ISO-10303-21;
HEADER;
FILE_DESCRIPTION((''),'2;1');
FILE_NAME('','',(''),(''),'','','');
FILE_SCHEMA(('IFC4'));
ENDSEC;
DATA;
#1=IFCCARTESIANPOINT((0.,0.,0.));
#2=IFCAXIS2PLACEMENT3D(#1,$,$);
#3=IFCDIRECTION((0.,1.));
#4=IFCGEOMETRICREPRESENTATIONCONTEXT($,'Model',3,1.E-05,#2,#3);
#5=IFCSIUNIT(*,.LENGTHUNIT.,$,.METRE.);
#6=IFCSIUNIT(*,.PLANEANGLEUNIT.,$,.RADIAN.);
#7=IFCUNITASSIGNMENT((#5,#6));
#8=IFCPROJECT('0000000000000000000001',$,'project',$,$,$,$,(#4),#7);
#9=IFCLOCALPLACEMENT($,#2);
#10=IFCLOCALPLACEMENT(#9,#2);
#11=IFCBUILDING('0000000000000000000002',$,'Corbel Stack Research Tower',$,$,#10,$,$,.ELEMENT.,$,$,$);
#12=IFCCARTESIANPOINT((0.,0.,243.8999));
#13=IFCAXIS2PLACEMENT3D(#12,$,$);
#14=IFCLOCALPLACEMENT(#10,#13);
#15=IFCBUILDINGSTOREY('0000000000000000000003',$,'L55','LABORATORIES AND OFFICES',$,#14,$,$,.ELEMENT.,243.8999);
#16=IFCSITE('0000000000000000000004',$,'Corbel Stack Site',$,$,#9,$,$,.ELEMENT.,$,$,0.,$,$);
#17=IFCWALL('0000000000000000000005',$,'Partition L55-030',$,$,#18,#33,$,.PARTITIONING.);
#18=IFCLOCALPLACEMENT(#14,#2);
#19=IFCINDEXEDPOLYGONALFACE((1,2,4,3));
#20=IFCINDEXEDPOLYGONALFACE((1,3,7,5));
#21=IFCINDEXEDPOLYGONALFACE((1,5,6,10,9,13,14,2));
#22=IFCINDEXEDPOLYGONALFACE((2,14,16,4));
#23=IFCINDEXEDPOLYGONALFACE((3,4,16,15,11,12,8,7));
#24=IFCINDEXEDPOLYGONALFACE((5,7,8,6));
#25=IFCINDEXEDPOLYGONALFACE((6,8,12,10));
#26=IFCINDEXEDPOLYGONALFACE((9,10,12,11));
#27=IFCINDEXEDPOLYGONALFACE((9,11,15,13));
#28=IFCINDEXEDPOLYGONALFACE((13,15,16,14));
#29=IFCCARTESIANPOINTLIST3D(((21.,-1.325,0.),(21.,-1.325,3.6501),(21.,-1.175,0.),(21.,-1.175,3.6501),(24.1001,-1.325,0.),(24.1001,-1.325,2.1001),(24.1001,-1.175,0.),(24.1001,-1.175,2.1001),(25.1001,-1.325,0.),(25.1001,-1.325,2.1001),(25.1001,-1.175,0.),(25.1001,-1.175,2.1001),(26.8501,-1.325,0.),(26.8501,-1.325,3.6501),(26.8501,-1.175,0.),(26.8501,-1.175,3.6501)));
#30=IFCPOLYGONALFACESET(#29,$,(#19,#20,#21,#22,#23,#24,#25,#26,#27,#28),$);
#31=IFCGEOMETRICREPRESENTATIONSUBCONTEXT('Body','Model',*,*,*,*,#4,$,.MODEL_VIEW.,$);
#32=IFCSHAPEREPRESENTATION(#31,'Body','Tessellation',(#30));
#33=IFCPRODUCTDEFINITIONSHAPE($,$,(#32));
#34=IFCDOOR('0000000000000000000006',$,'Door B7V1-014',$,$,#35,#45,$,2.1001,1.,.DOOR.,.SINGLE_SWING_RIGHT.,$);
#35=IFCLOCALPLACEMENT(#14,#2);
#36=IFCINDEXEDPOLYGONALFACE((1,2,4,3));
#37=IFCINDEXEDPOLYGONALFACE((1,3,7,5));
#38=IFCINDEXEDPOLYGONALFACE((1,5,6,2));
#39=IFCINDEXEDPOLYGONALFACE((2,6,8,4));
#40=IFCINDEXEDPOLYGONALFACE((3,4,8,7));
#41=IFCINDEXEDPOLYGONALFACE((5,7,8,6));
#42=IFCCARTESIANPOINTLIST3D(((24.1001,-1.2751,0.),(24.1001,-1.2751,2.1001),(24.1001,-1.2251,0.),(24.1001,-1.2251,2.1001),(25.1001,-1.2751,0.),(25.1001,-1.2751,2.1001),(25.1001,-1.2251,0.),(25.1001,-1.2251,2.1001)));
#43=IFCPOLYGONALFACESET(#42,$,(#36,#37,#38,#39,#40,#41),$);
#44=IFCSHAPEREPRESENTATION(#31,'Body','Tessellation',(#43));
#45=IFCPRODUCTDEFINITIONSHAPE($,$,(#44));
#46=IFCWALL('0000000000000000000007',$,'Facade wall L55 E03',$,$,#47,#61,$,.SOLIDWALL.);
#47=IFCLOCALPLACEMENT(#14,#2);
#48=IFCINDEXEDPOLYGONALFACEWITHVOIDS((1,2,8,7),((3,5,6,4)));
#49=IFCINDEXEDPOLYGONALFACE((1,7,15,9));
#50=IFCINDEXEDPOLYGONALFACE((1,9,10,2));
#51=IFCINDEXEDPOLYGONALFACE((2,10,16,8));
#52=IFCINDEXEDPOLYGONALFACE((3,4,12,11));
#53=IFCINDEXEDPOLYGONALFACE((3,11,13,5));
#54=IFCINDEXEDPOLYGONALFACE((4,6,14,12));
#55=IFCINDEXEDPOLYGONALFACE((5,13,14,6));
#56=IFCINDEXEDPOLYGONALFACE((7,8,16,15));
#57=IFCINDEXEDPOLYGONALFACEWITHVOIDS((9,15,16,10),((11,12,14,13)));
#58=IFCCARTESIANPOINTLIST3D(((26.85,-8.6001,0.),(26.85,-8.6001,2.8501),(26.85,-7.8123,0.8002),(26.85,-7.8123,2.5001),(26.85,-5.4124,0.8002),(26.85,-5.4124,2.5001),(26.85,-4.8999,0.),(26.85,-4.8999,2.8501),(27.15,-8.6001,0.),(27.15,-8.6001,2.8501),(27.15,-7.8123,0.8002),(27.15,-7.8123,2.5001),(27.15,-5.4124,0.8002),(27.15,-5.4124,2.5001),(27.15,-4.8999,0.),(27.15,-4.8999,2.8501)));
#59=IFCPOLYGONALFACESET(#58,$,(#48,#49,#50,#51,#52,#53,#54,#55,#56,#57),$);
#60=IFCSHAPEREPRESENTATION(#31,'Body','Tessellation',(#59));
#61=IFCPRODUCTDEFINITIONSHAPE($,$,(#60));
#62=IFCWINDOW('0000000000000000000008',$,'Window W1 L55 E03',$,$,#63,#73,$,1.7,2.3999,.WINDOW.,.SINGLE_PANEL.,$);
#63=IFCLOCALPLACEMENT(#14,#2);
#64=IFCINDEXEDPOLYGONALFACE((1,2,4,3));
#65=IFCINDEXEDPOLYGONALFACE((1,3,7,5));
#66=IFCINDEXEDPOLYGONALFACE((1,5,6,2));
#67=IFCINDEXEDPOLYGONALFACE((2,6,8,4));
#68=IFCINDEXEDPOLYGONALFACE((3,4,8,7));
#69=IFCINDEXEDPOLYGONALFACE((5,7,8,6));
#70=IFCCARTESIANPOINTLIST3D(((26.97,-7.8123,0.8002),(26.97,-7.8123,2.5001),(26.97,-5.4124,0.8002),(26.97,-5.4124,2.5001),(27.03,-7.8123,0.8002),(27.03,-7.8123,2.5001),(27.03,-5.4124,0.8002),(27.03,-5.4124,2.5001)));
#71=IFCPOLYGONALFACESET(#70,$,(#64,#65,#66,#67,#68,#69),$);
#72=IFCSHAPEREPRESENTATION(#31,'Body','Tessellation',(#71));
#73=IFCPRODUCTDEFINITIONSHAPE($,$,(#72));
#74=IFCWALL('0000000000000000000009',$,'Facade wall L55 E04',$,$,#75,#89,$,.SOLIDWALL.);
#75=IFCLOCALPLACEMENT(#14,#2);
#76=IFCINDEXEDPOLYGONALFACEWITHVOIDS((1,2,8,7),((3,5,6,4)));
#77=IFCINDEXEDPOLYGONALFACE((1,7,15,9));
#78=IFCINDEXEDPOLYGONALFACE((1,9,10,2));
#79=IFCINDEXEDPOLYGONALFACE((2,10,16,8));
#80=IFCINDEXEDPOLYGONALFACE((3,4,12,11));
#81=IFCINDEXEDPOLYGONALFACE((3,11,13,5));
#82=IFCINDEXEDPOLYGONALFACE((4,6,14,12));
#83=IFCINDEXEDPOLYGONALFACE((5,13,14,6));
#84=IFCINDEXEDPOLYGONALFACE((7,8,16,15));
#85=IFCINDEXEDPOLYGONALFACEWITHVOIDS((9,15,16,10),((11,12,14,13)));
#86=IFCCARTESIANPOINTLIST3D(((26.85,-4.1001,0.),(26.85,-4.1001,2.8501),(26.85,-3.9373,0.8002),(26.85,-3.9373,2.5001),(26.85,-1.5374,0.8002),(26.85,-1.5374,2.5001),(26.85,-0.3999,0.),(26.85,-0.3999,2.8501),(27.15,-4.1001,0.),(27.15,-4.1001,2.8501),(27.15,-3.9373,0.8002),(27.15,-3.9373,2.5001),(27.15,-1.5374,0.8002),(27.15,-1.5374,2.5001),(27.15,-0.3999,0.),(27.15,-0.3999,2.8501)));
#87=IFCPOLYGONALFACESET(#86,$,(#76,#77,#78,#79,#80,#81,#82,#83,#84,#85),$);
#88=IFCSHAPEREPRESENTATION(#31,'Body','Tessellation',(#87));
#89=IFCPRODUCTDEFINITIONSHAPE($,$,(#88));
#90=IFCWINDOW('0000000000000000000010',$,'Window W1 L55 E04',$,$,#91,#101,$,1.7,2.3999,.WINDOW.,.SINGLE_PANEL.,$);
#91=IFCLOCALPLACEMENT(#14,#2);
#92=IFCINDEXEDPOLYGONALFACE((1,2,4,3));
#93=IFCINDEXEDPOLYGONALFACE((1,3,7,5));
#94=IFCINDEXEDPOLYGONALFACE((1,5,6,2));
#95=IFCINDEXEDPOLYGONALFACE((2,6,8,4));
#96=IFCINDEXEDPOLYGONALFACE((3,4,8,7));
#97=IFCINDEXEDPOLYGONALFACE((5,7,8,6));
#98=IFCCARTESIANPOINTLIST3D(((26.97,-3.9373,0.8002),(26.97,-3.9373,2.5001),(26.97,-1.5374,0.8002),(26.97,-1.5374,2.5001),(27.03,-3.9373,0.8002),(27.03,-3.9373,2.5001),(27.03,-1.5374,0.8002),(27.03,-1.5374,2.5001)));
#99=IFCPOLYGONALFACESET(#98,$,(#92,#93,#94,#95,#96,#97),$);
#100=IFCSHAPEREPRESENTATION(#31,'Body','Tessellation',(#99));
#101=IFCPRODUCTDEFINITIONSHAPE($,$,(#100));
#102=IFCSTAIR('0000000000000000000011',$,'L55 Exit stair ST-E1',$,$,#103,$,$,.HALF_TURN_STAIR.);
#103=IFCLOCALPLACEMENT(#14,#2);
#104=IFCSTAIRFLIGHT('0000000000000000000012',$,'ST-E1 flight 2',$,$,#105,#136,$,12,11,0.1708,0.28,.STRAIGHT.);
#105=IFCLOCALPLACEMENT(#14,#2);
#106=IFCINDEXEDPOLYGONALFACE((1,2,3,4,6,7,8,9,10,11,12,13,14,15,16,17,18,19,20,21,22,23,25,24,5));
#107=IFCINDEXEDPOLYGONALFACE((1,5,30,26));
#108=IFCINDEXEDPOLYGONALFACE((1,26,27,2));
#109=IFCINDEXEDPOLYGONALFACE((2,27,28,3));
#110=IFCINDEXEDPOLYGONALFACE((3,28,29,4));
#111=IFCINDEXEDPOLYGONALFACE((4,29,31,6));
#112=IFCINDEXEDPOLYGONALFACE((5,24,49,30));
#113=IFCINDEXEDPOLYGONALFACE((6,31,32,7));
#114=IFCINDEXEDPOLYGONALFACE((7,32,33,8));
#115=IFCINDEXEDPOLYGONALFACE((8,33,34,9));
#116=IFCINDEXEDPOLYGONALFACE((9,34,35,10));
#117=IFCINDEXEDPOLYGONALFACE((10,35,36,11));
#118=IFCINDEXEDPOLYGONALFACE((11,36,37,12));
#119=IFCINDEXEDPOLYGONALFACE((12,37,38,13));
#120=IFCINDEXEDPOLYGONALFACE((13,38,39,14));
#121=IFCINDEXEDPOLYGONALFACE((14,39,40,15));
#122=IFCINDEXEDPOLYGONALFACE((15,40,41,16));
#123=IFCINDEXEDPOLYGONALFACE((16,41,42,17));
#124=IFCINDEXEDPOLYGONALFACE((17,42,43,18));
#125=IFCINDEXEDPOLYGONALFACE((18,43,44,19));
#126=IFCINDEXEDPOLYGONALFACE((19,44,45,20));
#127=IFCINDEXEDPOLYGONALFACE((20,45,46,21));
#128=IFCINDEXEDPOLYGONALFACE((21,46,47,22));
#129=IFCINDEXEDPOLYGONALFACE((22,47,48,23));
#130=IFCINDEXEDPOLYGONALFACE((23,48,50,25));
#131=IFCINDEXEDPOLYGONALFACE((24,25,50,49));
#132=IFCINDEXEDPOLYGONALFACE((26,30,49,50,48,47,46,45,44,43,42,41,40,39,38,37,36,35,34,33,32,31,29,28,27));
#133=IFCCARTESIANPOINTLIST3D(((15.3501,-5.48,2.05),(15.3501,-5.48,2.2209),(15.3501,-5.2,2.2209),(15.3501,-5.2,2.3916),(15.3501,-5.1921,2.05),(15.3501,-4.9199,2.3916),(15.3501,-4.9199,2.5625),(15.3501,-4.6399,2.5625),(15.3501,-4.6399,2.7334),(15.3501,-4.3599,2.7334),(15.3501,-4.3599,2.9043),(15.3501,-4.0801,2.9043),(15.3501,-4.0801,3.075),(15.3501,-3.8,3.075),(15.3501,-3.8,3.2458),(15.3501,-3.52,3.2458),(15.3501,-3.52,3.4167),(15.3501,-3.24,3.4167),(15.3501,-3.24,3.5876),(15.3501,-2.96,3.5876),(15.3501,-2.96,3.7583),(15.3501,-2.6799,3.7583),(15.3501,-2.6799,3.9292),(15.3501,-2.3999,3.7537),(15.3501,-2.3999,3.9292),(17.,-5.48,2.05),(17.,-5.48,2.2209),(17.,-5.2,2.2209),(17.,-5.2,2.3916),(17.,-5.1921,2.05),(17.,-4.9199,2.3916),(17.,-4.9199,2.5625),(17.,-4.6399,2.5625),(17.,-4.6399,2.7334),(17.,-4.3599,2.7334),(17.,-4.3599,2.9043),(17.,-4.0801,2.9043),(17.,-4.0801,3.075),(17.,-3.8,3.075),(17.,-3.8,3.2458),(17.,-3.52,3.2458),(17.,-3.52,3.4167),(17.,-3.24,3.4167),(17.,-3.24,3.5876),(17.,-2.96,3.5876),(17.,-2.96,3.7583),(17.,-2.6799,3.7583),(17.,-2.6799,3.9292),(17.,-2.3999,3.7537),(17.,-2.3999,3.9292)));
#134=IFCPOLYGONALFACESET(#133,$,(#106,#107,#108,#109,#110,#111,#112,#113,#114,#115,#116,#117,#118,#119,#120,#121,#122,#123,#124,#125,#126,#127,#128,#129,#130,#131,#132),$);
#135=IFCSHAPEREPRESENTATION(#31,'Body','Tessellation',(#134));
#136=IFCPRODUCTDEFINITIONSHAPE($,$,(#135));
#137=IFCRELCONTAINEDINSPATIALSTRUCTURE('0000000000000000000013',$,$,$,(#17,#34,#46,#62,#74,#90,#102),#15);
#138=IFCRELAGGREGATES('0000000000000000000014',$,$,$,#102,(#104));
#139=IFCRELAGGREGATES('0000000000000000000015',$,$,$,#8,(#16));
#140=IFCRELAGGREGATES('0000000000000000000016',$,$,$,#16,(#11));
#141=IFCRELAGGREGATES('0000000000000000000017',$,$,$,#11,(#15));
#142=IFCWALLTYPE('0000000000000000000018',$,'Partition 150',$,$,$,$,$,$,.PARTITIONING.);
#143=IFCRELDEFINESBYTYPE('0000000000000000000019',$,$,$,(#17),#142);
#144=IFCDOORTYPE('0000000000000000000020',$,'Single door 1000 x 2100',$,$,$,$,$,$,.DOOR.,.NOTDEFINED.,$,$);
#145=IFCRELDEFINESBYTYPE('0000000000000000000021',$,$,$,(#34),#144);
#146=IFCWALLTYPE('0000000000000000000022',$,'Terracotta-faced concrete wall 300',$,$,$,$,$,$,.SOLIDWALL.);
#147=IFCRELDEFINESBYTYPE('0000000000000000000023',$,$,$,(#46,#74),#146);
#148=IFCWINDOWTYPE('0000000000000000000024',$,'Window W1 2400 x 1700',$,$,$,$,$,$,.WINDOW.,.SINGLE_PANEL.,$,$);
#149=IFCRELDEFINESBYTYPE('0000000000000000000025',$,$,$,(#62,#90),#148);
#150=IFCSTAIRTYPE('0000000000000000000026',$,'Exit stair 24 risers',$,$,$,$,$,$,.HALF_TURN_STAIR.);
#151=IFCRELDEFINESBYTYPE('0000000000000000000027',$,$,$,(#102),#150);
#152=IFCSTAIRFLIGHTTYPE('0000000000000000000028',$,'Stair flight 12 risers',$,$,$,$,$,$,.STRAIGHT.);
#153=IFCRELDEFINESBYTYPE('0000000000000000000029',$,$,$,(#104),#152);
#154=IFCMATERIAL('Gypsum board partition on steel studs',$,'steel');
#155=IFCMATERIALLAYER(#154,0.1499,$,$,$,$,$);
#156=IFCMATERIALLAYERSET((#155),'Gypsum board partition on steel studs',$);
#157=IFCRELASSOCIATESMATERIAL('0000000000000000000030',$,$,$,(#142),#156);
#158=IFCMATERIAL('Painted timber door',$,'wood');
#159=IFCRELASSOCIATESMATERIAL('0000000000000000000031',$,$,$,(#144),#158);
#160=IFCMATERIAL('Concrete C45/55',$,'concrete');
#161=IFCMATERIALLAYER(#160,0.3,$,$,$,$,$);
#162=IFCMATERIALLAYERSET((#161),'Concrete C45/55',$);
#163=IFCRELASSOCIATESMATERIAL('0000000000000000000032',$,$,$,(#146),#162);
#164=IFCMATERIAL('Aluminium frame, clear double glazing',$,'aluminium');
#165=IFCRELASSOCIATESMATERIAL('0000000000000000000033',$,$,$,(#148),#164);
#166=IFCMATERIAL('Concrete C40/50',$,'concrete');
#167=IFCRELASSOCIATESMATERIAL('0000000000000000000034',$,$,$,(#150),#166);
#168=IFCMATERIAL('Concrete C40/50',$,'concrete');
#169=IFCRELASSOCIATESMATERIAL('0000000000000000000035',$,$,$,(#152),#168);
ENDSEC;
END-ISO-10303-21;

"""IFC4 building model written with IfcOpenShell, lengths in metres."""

from ifc_helpers import new_model, si_unit, direction, frame, frame_2d, origin, place, context, subcontext, project, spatial, polyline, rectangle, outline, extrude, material, layer, layer_set, type_object, element, fill, aggregate, save


model = new_model("IFC4")

# Units and contexts
model_context = context("Model", 3, precision=1e-05, world=origin(), true_north=direction((0.0, 1.0)))
body_context = subcontext(model_context, "Body", "Model", "MODEL_VIEW")
ifc_project = project(units=[si_unit("LENGTHUNIT", "METRE"), si_unit("PLANEANGLEUNIT", "RADIAN")], contexts=[model_context])

# Site, building, storey
site_placement = place(None, origin())
site = spatial("IfcSite", under=ifc_project, at=site_placement, Name="Corbel Stack Site", CompositionType="ELEMENT", RefElevation=0.0)
building_placement = place(site_placement, origin())
building = spatial("IfcBuilding", under=site, at=building_placement, Name="Corbel Stack Research Tower", CompositionType="ELEMENT")
storey_placement = place(building_placement, frame((0.0, 0.0, 243.8999)))
storey = spatial("IfcBuildingStorey", under=building, at=storey_placement, Name="L55", Description="LABORATORIES AND OFFICES", CompositionType="ELEMENT", Elevation=243.8999)

# Shared definitions
ifc_material_1 = material(Name="Gypsum board partition on steel studs", Category="steel")
ifc_layer_1 = layer(ifc_material_1, 0.1499)
ifc_layer_set_1 = layer_set([ifc_layer_1], Name="Gypsum board partition on steel studs")
wall_type_1 = type_object("IfcWallType", Name="Partition 150", PredefinedType="PARTITIONING", material=ifc_layer_set_1)

# Wall, opening, door
ifc_material_2 = material(Name="Painted timber door", Category="wood")
door_type_1 = type_object("IfcDoorType", Name="Single door 1000 x 2100", OperationType="NOTDEFINED", PredefinedType="DOOR", material=ifc_material_2)
wall_1_placement = place(storey_placement, frame((21.0, -1.25, 0.0), z_axis=(0.0, 0.0, 1.0), x_axis=(1.0, 0.0, 0.0)))
wall_1 = element("IfcWall", 1, at=wall_1_placement, inside=storey, type_object=wall_type_1, Name="Partition L55-030", PredefinedType="PARTITIONING", context=body_context, shape_type="SweptSolid", body=[
    extrude(rectangle(XDim=5.8501, YDim=0.1499, at=frame_2d((2.925, 0.0))), origin(), (0.0, 0.0, 1.0), 3.6501),
])
opening_1_placement = place(wall_1_placement, frame((3.1001, 0.0, 0.0)))
opening_1 = element("IfcOpeningElement", 2, at=opening_1_placement, cuts=wall_1, PredefinedType="OPENING", context=body_context, shape_type="SweptSolid", body=[
    extrude(rectangle(XDim=1.0, YDim=2.1001, at=frame_2d((0.5, 1.05))), frame((0.0, 0.085, 0.0), z_axis=(0.0, -1.0, 0.0), x_axis=(1.0, 0.0, 0.0)), (0.0, 0.0, 1.0), 0.1699),
])
door_1_placement = place(opening_1_placement, origin())
door_1 = element("IfcDoor", 3, at=door_1_placement, inside=storey, type_object=door_type_1, Name="Door B7V1-014", OperationType="SINGLE_SWING_RIGHT", OverallHeight=2.1001, OverallWidth=1.0, PredefinedType="DOOR", context=body_context, shape_type="SweptSolid", body=[
    extrude(rectangle(XDim=1.0, YDim=2.1001, at=frame_2d((0.5, 1.05))), frame((0.0, 0.0249, 0.0), z_axis=(0.0, -1.0, 0.0), x_axis=(1.0, 0.0, 0.0)), (0.0, 0.0, 1.0), 0.05),
])
fill(opening_1, door_1)

# Walls, openings, windows
ifc_material_3 = material(Name="Concrete C45/55", Category="concrete")
ifc_layer_2 = layer(ifc_material_3, 0.3)
ifc_layer_set_2 = layer_set([ifc_layer_2], Name="Concrete C45/55")
wall_type_2 = type_object("IfcWallType", Name="Terracotta-faced concrete wall 300", PredefinedType="SOLIDWALL", material=ifc_layer_set_2)
wall_2_placement = place(storey_placement, frame((27.0, -4.8999, 0.0), z_axis=(0.0, 0.0, 1.0), x_axis=(0.0, -1.0, 0.0)))
wall_2 = element("IfcWall", 4, at=wall_2_placement, inside=storey, type_object=wall_type_2, Name="Facade wall L55 E03", PredefinedType="SOLIDWALL", context=body_context, shape_type="SweptSolid", body=[
    extrude(rectangle(XDim=3.7002, YDim=0.3, at=frame_2d((1.8501, 0.0))), origin(), (0.0, 0.0, 1.0), 2.8501),
])
opening_2_placement = place(wall_2_placement, frame((0.5125, 0.0, 0.8)))
opening_2 = element("IfcOpeningElement", 5, at=opening_2_placement, cuts=wall_2, PredefinedType="OPENING", context=body_context, shape_type="SweptSolid", body=[
    extrude(rectangle(XDim=2.3999, YDim=1.7, at=frame_2d((1.2, 0.8501))), frame((0.0, 0.1599, 0.0), z_axis=(0.0, -1.0, 0.0), x_axis=(1.0, 0.0, 0.0)), (0.0, 0.0, 1.0), 0.3201),
])
ifc_material_4 = material(Name="Aluminium frame, clear double glazing", Category="aluminium")
window_type = type_object("IfcWindowType", Name="Window W1 2400 x 1700", PartitioningType="SINGLE_PANEL", PredefinedType="WINDOW", material=ifc_material_4)
window_1_placement = place(opening_2_placement, origin())
window_1 = element("IfcWindow", 6, at=window_1_placement, inside=storey, type_object=window_type, Name="Window W1 L55 E03", OverallHeight=1.7, OverallWidth=2.3999, PartitioningType="SINGLE_PANEL", PredefinedType="WINDOW", context=body_context, shape_type="SweptSolid", body=[
    extrude(rectangle(XDim=2.3999, YDim=1.7, at=frame_2d((1.2, 0.8501))), frame((0.0, 0.03, 0.0), z_axis=(0.0, -1.0, 0.0), x_axis=(1.0, 0.0, 0.0)), (0.0, 0.0, 1.0), 0.0601),
])
fill(opening_2, window_1)
wall_3_placement = place(storey_placement, frame((27.0, -0.3999, 0.0), z_axis=(0.0, 0.0, 1.0), x_axis=(0.0, -1.0, 0.0)))
wall_3 = element("IfcWall", 7, at=wall_3_placement, inside=storey, type_object=wall_type_2, Name="Facade wall L55 E04", PredefinedType="SOLIDWALL", context=body_context, shape_type="SweptSolid", body=[
    extrude(rectangle(XDim=3.7002, YDim=0.3, at=frame_2d((1.8501, 0.0))), origin(), (0.0, 0.0, 1.0), 2.8501),
])
opening_3_placement = place(wall_3_placement, frame((1.1375, 0.0, 0.8)))
opening_3 = element("IfcOpeningElement", 8, at=opening_3_placement, cuts=wall_3, PredefinedType="OPENING", context=body_context, shape_type="SweptSolid", body=[
    extrude(rectangle(XDim=2.3999, YDim=1.7, at=frame_2d((1.2, 0.8501))), frame((0.0, 0.1599, 0.0), z_axis=(0.0, -1.0, 0.0), x_axis=(1.0, 0.0, 0.0)), (0.0, 0.0, 1.0), 0.3201),
])
window_2_placement = place(opening_3_placement, origin())
window_2 = element("IfcWindow", 9, at=window_2_placement, inside=storey, type_object=window_type, Name="Window W1 L55 E04", OverallHeight=1.7, OverallWidth=2.3999, PartitioningType="SINGLE_PANEL", PredefinedType="WINDOW", context=body_context, shape_type="SweptSolid", body=[
    extrude(rectangle(XDim=2.3999, YDim=1.7, at=frame_2d((1.2, 0.8501))), frame((0.0, 0.03, 0.0), z_axis=(0.0, -1.0, 0.0), x_axis=(1.0, 0.0, 0.0)), (0.0, 0.0, 1.0), 0.0601),
])
fill(opening_3, window_2)

# Stair, stair flight
ifc_material_5 = material(Name="Concrete C40/50", Category="concrete")
stair_type = type_object("IfcStairType", Name="Exit stair 24 risers", PredefinedType="HALF_TURN_STAIR", material=ifc_material_5)
stair_placement = place(storey_placement, origin())
stair = element("IfcStair", 10, at=stair_placement, inside=storey, type_object=stair_type, Name="L55 Exit stair ST-E1", PredefinedType="HALF_TURN_STAIR")
ifc_material_6 = material(Name="Concrete C40/50", Category="concrete")
stair_flight_type = type_object("IfcStairFlightType", Name="Stair flight 12 risers", PredefinedType="STRAIGHT", material=ifc_material_6)
stair_flight_placement = place(storey_placement, frame((16.175, -5.48, 2.05), z_axis=(0.0, 0.0, 1.0), x_axis=(0.0, 1.0, 0.0)))
stair_flight = element("IfcStairFlight", 11, at=stair_flight_placement, type_object=stair_flight_type, Name="ST-E1 flight 2", NumberOfRisers=12, NumberOfTreads=11, PredefinedType="STRAIGHT", RiserHeight=0.1708, TreadLength=0.28, context=body_context, shape_type="SweptSolid", body=[
    extrude(outline(polyline([(0.0, 0.0), (0.0, 0.1709), (0.28, 0.1709), (0.28, 0.3416), (0.5601, 0.3416), (0.5601, 0.5125), (0.8401, 0.5125), (0.8401, 0.6833), (1.1201, 0.6833), (1.1201, 0.8542), (1.3999, 0.8542), (1.3999, 1.0249), (1.6799, 1.0249), (1.6799, 1.1958), (1.96, 1.1958), (1.96, 1.3667), (2.24, 1.3667), (2.24, 1.5376), (2.52, 1.5376), (2.52, 1.7083), (2.8, 1.7083), (2.8, 1.8792), (3.0801, 1.8792), (3.0801, 2.05), (3.0801, 1.7036), (0.2878, 0.0), (0.0, 0.0)])), frame((0.0, 0.825, 0.0), z_axis=(0.0, -1.0, 0.0), x_axis=(1.0, 0.0, 0.0)), (0.0, 0.0, 1.0), 1.6499),
])
aggregate(stair, [stair_flight])

save(model, "model.ifc")
